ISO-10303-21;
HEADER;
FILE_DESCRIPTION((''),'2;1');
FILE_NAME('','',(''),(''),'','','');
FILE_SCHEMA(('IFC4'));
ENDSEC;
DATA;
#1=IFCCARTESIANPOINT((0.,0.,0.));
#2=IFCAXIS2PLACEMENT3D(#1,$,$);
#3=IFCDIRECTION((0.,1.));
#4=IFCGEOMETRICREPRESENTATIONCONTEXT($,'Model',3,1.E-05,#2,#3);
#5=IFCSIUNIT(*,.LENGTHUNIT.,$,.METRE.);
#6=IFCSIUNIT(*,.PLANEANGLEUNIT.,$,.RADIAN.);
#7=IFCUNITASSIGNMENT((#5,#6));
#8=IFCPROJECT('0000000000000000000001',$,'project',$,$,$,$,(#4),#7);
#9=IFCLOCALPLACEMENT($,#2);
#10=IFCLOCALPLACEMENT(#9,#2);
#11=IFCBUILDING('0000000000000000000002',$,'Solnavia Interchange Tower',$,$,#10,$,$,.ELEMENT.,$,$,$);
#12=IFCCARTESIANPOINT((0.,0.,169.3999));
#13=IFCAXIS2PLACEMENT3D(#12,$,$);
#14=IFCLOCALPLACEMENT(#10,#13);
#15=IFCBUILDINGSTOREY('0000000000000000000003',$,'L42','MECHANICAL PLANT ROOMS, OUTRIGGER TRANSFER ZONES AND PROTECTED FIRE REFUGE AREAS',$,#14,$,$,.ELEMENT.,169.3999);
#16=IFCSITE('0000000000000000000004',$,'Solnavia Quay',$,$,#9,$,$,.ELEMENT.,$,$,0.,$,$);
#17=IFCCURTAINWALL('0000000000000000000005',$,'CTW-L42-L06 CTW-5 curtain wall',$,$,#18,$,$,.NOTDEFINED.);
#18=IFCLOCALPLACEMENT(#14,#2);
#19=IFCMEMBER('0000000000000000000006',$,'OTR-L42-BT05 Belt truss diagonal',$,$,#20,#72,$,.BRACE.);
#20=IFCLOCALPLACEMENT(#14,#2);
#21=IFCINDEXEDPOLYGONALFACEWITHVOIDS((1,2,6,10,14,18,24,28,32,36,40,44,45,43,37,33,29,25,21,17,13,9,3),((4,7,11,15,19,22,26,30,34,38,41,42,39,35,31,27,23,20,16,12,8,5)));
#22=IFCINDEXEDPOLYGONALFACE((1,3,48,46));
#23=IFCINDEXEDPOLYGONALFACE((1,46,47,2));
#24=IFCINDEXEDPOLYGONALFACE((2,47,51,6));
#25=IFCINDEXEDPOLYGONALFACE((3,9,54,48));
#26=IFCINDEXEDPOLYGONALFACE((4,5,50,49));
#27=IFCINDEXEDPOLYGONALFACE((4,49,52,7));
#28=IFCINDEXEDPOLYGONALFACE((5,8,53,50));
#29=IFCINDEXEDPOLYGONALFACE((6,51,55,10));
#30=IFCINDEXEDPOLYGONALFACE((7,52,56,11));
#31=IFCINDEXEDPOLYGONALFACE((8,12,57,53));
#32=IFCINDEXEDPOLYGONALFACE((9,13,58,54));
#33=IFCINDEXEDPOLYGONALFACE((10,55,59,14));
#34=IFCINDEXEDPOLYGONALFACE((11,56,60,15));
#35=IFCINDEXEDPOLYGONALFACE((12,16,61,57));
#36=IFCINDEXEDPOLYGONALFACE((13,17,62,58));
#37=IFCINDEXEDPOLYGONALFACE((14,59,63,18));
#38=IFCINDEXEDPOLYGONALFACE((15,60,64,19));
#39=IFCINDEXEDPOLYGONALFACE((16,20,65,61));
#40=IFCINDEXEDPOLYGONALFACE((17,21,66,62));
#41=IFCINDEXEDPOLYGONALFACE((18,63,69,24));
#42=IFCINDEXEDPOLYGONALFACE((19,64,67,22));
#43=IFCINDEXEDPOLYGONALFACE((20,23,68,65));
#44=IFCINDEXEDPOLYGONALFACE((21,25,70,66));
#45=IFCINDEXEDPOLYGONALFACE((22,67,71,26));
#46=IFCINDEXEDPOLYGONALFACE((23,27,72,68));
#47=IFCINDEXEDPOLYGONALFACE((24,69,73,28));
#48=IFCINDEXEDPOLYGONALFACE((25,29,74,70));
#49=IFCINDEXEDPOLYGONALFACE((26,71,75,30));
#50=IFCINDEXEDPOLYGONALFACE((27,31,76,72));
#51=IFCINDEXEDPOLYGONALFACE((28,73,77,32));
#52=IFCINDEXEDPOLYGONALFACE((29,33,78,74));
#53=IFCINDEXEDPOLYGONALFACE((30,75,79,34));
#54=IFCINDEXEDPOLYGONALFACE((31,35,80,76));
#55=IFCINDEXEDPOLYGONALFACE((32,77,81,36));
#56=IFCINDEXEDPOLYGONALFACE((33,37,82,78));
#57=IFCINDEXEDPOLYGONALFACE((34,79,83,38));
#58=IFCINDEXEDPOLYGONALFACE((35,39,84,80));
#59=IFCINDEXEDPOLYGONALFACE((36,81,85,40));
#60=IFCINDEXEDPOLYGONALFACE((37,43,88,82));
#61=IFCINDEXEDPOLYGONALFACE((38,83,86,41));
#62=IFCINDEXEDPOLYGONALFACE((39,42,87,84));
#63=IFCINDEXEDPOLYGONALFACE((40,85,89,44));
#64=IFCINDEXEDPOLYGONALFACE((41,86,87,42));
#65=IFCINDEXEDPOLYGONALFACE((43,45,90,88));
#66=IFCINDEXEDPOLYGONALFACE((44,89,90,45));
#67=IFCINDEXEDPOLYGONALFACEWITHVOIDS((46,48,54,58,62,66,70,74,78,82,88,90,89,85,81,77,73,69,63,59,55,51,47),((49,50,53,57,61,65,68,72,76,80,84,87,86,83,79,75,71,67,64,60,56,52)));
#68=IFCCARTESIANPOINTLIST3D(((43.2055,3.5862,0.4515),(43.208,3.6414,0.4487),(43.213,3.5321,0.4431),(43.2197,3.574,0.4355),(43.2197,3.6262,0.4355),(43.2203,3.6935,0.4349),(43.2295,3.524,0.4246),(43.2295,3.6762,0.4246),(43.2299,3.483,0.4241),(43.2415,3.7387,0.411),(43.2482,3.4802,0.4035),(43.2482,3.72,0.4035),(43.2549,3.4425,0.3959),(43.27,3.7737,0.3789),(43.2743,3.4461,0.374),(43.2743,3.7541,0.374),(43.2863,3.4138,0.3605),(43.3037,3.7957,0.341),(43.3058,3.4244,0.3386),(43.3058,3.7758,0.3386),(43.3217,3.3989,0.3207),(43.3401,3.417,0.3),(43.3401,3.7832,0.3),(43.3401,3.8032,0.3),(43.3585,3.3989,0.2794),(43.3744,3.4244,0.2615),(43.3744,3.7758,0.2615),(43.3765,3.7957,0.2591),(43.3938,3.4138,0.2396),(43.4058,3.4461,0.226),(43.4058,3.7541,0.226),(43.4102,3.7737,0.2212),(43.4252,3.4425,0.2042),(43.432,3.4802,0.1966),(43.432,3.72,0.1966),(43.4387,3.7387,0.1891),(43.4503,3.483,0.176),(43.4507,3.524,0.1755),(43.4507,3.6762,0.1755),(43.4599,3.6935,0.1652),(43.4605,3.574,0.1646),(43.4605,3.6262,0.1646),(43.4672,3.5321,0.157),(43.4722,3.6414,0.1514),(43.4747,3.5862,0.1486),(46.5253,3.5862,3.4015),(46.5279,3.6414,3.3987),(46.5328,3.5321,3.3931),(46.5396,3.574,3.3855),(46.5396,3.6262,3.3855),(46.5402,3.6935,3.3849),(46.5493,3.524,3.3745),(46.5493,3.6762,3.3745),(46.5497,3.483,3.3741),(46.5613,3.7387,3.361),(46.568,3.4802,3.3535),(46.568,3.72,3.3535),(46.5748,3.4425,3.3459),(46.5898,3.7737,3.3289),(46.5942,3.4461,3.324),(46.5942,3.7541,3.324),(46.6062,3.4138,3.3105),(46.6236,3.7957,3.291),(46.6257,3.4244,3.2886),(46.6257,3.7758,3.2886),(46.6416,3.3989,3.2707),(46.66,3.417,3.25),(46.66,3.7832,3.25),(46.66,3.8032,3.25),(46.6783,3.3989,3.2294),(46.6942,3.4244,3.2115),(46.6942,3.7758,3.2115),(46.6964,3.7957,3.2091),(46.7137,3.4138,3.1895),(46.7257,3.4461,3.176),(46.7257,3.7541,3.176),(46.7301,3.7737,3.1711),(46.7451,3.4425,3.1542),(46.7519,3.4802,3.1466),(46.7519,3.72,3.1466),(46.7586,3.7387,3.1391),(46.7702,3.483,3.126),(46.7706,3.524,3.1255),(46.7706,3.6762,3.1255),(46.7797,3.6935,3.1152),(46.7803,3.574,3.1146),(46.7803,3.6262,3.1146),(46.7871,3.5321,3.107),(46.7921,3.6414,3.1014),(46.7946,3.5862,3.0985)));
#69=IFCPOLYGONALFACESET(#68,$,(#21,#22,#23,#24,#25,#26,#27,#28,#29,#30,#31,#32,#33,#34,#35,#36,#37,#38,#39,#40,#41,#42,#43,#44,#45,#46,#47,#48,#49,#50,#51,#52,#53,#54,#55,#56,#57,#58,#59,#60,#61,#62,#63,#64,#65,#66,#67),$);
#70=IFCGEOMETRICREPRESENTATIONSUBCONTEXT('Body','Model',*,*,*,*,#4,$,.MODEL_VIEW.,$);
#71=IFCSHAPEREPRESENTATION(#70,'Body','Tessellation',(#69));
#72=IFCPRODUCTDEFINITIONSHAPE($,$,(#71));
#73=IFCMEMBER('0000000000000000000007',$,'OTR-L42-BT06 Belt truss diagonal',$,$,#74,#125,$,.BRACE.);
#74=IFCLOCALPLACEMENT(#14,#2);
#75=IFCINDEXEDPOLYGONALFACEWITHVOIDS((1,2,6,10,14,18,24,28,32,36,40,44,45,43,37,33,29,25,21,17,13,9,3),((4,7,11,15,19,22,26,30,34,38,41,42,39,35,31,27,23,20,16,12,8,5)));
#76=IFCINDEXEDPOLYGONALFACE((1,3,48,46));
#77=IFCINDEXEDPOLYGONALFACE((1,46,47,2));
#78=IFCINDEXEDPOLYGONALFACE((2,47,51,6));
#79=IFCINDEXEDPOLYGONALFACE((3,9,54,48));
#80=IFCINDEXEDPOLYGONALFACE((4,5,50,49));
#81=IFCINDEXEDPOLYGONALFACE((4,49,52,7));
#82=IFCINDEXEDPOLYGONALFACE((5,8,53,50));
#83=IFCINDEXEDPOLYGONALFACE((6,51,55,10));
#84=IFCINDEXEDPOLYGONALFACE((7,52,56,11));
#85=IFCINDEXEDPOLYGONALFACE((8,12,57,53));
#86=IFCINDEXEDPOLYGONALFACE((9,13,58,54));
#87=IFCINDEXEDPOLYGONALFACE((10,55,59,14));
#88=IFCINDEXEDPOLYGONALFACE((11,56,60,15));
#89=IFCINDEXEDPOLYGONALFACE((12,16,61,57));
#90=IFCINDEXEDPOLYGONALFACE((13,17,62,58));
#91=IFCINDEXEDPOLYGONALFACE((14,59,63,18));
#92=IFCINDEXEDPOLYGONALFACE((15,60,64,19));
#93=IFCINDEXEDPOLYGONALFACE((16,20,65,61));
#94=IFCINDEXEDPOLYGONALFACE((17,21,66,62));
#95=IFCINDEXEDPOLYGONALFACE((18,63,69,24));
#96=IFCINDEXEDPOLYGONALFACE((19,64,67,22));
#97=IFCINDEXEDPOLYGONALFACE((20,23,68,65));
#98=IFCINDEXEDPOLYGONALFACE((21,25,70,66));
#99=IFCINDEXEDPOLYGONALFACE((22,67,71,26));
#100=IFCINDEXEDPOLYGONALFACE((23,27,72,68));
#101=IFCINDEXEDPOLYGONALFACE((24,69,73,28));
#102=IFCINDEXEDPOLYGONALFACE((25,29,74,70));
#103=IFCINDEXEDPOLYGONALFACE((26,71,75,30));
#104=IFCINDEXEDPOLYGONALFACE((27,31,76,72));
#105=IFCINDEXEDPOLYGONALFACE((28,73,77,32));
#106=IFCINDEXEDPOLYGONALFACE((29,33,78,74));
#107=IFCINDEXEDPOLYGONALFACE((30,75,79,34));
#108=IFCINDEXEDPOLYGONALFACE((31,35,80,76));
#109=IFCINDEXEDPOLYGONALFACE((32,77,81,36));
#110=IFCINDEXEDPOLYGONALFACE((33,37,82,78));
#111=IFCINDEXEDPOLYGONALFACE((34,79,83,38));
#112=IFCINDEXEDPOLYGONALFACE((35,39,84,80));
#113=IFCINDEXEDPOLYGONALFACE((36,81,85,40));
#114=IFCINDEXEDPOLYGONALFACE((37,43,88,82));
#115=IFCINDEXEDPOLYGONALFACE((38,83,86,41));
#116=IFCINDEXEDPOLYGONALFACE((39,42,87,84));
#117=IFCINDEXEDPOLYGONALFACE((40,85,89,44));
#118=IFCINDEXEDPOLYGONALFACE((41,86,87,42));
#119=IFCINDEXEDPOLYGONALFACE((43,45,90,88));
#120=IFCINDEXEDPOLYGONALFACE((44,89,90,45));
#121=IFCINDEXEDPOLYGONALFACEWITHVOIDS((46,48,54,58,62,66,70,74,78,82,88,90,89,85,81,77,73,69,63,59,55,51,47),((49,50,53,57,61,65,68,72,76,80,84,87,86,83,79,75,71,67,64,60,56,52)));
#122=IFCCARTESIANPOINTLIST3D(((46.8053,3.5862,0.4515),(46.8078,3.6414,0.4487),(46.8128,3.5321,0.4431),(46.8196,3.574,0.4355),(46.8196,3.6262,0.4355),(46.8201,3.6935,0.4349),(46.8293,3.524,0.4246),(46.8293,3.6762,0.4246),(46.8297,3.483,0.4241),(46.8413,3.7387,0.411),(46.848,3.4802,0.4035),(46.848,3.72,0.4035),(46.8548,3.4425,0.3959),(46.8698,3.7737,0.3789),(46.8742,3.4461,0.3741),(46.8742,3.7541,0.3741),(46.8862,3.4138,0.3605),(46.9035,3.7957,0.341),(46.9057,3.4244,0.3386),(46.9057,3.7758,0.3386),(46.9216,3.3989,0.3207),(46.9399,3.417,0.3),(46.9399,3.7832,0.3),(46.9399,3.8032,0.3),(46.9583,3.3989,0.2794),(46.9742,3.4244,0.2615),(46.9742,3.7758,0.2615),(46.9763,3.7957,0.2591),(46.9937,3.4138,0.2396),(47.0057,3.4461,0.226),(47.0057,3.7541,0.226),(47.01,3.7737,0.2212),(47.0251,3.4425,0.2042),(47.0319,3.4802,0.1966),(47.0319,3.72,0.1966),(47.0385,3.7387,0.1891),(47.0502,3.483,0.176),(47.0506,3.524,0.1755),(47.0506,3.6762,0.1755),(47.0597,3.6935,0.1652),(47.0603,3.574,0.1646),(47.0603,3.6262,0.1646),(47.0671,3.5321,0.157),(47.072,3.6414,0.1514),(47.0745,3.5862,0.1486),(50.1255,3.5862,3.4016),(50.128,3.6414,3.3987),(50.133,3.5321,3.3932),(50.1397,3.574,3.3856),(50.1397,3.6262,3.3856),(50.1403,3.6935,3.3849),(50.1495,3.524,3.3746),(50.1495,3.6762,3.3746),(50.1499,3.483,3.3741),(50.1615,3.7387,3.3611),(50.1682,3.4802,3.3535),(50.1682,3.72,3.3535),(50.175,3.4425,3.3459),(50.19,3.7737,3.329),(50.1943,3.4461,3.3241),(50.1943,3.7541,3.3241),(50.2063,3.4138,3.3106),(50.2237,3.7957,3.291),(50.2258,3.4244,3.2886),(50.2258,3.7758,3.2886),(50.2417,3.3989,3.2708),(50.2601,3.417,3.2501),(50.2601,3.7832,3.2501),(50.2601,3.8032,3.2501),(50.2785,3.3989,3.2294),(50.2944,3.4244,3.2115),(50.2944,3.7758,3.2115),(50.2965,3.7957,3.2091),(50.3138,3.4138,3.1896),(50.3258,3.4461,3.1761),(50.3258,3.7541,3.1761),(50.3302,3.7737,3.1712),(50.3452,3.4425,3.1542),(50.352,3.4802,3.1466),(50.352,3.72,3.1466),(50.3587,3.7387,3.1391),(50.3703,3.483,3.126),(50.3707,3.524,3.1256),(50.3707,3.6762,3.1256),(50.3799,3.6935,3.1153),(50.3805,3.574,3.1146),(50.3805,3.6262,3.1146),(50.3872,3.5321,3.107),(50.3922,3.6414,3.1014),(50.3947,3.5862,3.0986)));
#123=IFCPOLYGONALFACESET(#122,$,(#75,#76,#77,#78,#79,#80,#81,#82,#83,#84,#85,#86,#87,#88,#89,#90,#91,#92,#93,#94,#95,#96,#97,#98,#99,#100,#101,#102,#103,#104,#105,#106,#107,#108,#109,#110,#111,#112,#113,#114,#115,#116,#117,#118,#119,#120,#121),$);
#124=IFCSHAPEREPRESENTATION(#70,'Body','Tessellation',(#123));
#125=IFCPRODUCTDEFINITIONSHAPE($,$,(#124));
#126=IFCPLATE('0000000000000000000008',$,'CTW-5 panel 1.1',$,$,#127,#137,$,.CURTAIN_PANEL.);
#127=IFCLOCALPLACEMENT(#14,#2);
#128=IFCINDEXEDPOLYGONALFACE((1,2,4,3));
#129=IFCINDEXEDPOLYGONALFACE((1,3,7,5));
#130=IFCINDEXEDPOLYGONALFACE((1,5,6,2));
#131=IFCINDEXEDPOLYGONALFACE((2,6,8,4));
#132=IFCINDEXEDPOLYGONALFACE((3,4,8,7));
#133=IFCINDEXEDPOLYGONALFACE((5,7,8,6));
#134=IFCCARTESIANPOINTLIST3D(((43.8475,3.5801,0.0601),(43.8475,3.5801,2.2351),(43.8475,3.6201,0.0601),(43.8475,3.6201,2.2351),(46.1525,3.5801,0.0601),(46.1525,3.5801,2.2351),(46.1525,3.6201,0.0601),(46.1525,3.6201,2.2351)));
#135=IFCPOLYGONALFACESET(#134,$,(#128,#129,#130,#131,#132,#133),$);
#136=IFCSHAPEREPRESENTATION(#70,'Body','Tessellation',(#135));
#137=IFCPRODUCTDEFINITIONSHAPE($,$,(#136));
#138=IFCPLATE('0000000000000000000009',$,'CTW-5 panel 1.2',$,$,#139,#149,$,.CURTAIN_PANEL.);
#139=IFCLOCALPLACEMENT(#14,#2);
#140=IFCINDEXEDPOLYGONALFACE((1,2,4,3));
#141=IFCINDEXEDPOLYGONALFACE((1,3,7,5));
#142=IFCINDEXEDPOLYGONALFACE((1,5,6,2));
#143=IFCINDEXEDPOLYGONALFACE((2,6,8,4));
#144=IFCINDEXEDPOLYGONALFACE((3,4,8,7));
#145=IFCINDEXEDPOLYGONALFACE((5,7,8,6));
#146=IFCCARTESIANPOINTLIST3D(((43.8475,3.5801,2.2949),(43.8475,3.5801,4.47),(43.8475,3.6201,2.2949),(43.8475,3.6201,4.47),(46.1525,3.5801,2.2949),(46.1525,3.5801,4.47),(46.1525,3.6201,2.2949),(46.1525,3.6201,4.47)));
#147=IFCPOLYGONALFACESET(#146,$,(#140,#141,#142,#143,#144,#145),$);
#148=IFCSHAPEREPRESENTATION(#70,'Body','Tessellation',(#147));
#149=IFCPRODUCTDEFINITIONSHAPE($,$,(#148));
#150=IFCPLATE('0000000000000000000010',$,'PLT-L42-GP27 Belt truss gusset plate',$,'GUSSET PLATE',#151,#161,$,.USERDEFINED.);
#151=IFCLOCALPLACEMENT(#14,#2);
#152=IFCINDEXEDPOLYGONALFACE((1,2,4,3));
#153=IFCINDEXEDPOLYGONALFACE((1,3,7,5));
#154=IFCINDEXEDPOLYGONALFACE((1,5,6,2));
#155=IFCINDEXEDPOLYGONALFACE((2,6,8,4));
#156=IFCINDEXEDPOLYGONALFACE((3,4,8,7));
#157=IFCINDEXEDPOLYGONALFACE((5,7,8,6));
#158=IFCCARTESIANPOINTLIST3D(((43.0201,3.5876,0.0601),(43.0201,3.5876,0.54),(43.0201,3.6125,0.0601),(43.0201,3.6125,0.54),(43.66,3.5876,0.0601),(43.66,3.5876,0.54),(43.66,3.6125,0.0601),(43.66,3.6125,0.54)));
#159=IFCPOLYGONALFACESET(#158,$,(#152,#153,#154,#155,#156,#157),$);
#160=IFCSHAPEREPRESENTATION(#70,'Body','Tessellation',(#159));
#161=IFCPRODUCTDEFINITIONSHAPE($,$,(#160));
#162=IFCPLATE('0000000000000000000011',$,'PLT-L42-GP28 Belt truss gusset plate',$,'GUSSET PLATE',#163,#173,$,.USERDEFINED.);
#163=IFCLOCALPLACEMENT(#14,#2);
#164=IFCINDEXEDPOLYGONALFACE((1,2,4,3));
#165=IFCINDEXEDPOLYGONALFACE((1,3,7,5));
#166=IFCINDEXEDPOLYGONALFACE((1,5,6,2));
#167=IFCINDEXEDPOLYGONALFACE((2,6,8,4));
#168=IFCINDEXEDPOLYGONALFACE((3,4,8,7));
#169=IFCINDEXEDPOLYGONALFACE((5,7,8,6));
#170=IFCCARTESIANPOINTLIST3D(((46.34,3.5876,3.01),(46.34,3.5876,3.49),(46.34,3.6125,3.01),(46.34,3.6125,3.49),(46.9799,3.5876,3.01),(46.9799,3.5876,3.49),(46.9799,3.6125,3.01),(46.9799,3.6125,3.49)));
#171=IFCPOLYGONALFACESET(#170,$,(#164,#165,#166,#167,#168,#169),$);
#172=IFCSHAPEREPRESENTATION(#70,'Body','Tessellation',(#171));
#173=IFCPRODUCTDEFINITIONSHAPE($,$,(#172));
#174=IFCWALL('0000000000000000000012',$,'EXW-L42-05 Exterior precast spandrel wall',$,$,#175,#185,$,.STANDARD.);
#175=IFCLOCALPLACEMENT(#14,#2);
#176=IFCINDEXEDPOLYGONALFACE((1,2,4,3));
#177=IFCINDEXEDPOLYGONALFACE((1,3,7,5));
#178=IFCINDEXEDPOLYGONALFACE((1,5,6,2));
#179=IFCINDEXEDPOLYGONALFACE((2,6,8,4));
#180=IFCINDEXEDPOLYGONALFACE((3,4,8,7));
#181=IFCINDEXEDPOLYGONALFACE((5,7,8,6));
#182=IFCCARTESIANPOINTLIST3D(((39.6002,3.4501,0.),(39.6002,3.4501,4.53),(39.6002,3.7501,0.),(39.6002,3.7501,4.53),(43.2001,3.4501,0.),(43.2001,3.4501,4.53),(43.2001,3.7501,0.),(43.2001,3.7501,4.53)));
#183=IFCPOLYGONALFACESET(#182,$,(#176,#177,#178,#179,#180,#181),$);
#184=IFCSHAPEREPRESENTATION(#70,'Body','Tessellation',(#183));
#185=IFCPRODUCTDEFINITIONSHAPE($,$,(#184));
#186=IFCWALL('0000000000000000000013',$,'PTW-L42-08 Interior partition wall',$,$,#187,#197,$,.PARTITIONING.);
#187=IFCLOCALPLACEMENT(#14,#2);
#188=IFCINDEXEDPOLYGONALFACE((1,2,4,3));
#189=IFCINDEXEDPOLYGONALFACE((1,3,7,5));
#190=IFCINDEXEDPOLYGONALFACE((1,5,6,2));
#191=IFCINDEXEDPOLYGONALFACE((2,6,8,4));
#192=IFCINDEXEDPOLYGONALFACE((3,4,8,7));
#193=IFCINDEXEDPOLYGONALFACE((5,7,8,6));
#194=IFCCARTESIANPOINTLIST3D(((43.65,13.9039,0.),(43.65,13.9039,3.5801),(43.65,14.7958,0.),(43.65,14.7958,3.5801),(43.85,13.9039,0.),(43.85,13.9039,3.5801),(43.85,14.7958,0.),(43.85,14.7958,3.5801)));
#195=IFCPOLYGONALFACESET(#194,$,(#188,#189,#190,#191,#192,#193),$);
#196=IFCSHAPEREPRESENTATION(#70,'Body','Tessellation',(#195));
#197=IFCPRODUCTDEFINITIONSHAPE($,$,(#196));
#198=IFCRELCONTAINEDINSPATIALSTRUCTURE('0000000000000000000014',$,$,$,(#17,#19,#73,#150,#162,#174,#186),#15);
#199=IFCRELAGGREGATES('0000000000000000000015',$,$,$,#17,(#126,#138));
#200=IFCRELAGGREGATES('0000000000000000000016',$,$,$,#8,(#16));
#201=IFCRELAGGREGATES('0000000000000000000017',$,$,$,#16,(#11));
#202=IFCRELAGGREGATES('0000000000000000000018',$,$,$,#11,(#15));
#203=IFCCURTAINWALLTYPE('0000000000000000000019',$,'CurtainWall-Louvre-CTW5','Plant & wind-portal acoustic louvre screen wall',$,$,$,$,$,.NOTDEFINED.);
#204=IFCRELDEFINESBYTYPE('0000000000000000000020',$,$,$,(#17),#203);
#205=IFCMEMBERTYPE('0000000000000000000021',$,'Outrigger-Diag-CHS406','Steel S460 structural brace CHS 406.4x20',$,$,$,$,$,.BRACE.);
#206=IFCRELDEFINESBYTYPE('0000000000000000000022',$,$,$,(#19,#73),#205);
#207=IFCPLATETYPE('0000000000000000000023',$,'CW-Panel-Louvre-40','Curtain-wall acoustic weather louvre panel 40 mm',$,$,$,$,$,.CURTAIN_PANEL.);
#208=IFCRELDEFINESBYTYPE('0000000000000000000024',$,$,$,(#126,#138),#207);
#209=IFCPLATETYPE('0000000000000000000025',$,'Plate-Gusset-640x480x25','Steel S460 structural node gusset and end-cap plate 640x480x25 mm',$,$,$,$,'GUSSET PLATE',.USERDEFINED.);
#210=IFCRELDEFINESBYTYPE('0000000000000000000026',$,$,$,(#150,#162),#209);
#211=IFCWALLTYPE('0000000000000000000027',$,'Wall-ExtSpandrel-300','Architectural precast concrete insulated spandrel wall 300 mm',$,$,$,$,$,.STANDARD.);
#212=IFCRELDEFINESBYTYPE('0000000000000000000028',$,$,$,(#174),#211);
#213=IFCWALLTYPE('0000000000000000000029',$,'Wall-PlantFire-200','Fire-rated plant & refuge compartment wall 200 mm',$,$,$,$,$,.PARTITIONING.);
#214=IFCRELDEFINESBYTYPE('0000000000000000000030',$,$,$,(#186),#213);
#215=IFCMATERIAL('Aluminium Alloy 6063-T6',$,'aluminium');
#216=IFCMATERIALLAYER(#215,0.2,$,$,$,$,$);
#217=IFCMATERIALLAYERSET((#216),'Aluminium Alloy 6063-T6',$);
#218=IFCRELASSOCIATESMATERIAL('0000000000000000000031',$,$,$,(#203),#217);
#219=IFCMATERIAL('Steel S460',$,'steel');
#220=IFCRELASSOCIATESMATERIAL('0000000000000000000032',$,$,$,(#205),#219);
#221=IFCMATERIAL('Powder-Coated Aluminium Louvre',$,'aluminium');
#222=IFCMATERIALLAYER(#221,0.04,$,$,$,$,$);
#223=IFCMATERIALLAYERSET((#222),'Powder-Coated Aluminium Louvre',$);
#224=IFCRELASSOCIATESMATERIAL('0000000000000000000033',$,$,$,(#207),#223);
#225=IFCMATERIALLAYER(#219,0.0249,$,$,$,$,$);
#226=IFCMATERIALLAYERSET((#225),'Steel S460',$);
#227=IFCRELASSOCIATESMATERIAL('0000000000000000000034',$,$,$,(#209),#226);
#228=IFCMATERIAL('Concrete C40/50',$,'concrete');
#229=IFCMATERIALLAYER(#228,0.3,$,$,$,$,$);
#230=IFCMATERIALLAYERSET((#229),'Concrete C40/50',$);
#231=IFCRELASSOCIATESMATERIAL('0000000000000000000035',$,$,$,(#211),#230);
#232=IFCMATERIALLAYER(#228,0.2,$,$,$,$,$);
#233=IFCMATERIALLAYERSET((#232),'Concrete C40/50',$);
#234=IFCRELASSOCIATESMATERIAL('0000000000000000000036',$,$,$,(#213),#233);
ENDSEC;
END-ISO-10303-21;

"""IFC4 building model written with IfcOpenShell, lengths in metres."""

from ifc_helpers import new_model, si_unit, direction, frame, frame_2d, origin, origin_2d, place, context, subcontext, project, spatial, rectangle, hollow_circle, extrude, material, layer, layer_set, material_profile, profile_set, type_object, element, aggregate, save


model = new_model("IFC4")

# Units and contexts
model_context = context("Model", 3, precision=1e-05, world=origin(), true_north=direction((0.0, 1.0)))
body_context = subcontext(model_context, "Body", "Model", "MODEL_VIEW")
ifc_project = project(units=[si_unit("LENGTHUNIT", "METRE"), si_unit("PLANEANGLEUNIT", "RADIAN")], contexts=[model_context])

# Site, building, storey
site_placement = place(None, origin())
site = spatial("IfcSite", under=ifc_project, at=site_placement, Name="Solnavia Quay", CompositionType="ELEMENT", RefElevation=0.0)
building_placement = place(site_placement, origin())
building = spatial("IfcBuilding", under=site, at=building_placement, Name="Solnavia Interchange Tower", CompositionType="ELEMENT")
storey_placement = place(building_placement, frame((0.0, 0.0, 169.3999)))
storey = spatial("IfcBuildingStorey", under=building, at=storey_placement, Name="L42", Description="MECHANICAL PLANT ROOMS, OUTRIGGER TRANSFER ZONES AND PROTECTED FIRE REFUGE AREAS", CompositionType="ELEMENT", Elevation=169.3999)

# Shared definitions
ifc_material_1 = material(Name="Steel S460", Category="steel")

# Curtain wall
ifc_material_2 = material(Name="Aluminium Alloy 6063-T6", Category="aluminium")
ifc_layer_1 = layer(ifc_material_2, 0.2)
ifc_layer_set_1 = layer_set([ifc_layer_1], Name="Aluminium Alloy 6063-T6")
curtain_wall_type = type_object("IfcCurtainWallType", Name="CurtainWall-Louvre-CTW5", Description="Plant & wind-portal acoustic louvre screen wall", PredefinedType="NOTDEFINED", material=ifc_layer_set_1)
curtain_wall_placement = place(storey_placement, origin())
curtain_wall = element("IfcCurtainWall", 1, at=curtain_wall_placement, inside=storey, type_object=curtain_wall_type, Name="CTW-L42-L06 CTW-5 curtain wall", PredefinedType="NOTDEFINED")

# Members
ifc_material_profile_1 = material_profile(ifc_material_1, hollow_circle(Radius=0.2031, WallThickness=0.02, at=origin_2d()), Name="CHS 406.4x20")
ifc_profile_set_1 = profile_set([ifc_material_profile_1], Name="Steel S460")
member_type_1 = type_object("IfcMemberType", Name="Outrigger-Diag-CHS406", Description="Steel S460 structural brace CHS 406.4x20", PredefinedType="BRACE", material=ifc_profile_set_1)
member_1_placement = place(storey_placement, frame((43.3401, 3.6001, 0.3), z_axis=(0.747522, 0.0, 0.664238), x_axis=(0.0, 1.0, 0.0)))
element("IfcMember", 2, at=member_1_placement, inside=storey, type_object=member_type_1, Name="OTR-L42-BT05 Belt truss diagonal", PredefinedType="BRACE", context=body_context, shape_type="SweptSolid", body=[
    extrude(hollow_circle(Radius=0.2031, WallThickness=0.02, at=origin_2d()), origin(), (0.0, 0.0, 1.0), 4.4412),
])
member_2_placement = place(storey_placement, frame((46.9399, 3.6001, 0.3), z_axis=(0.747546, 0.0, 0.66421), x_axis=(0.0, 1.0, 0.0)))
element("IfcMember", 3, at=member_2_placement, inside=storey, type_object=member_type_1, Name="OTR-L42-BT06 Belt truss diagonal", PredefinedType="BRACE", context=body_context, shape_type="SweptSolid", body=[
    extrude(hollow_circle(Radius=0.2031, WallThickness=0.02, at=origin_2d()), origin(), (0.0, 0.0, 1.0), 4.4414),
])

# Plates
ifc_material_3 = material(Name="Powder-Coated Aluminium Louvre", Category="aluminium")
ifc_layer_2 = layer(ifc_material_3, 0.04)
ifc_layer_set_2 = layer_set([ifc_layer_2], Name="Powder-Coated Aluminium Louvre")
plate_type_1 = type_object("IfcPlateType", Name="CW-Panel-Louvre-40", Description="Curtain-wall acoustic weather louvre panel 40 mm", PredefinedType="CURTAIN_PANEL", material=ifc_layer_set_2)
plate_1_placement = place(storey_placement, frame((45.0, 3.6001, 0.0601), z_axis=(0.0, 0.0, 1.0), x_axis=(1.0, 0.0, 0.0)))
plate_1 = element("IfcPlate", 4, at=plate_1_placement, type_object=plate_type_1, Name="CTW-5 panel 1.1", PredefinedType="CURTAIN_PANEL", context=body_context, shape_type="SweptSolid", body=[
    extrude(rectangle(XDim=2.3049, YDim=0.04, at=origin_2d()), origin(), (0.0, 0.0, 1.0), 2.175),
])
plate_2_placement = place(storey_placement, frame((45.0, 3.6001, 2.2949), z_axis=(0.0, 0.0, 1.0), x_axis=(1.0, 0.0, 0.0)))
plate_2 = element("IfcPlate", 5, at=plate_2_placement, type_object=plate_type_1, Name="CTW-5 panel 1.2", PredefinedType="CURTAIN_PANEL", context=body_context, shape_type="SweptSolid", body=[
    extrude(rectangle(XDim=2.3049, YDim=0.04, at=origin_2d()), origin(), (0.0, 0.0, 1.0), 2.175),
])
aggregate(curtain_wall, [plate_1, plate_2])

# Plates
ifc_layer_3 = layer(ifc_material_1, 0.0249)
ifc_layer_set_3 = layer_set([ifc_layer_3], Name="Steel S460")
plate_type_2 = type_object("IfcPlateType", Name="Plate-Gusset-640x480x25", Description="Steel S460 structural node gusset and end-cap plate 640x480x25 mm", ElementType="GUSSET PLATE", PredefinedType="USERDEFINED", material=ifc_layer_set_3)
for number, where, z_axis, x_axis, name in (
    (6, (43.3401, 3.6001, 0.0601), (0.0, 0.0, 1.0), (1.0, 0.0, 0.0), "PLT-L42-GP27 Belt truss gusset plate"),
    (7, (46.6599, 3.6001, 3.01), (0.0, 0.0, 1.0), (1.0, 0.0, 0.0), "PLT-L42-GP28 Belt truss gusset plate"),
):
    element("IfcPlate", number, at=place(storey_placement, frame(where, z_axis=z_axis, x_axis=x_axis)), inside=storey, type_object=plate_type_2, Name=name, ObjectType="GUSSET PLATE", PredefinedType="USERDEFINED", context=body_context, shape_type="SweptSolid", body=[
        extrude(rectangle(XDim=0.6399, YDim=0.0249, at=origin_2d()), origin(), (0.0, 0.0, 1.0), 0.48),
    ])

# Walls
ifc_material_4 = material(Name="Concrete C40/50", Category="concrete")
ifc_layer_4 = layer(ifc_material_4, 0.3)
ifc_layer_set_4 = layer_set([ifc_layer_4], Name="Concrete C40/50")
wall_type_1 = type_object("IfcWallType", Name="Wall-ExtSpandrel-300", Description="Architectural precast concrete insulated spandrel wall 300 mm", PredefinedType="STANDARD", material=ifc_layer_set_4)
wall_1_placement = place(storey_placement, frame((43.2, 3.6001, 0.0), z_axis=(0.0, 0.0, 1.0), x_axis=(-1.0, 0.0, 0.0)))
element("IfcWall", 8, at=wall_1_placement, inside=storey, type_object=wall_type_1, Name="EXW-L42-05 Exterior precast spandrel wall", PredefinedType="STANDARD", context=body_context, shape_type="SweptSolid", body=[
    extrude(rectangle(XDim=3.5999, YDim=0.3, at=frame_2d((1.7998, 0.0))), origin(), (0.0, 0.0, 1.0), 4.53),
])
ifc_layer_5 = layer(ifc_material_4, 0.2)
ifc_layer_set_5 = layer_set([ifc_layer_5], Name="Concrete C40/50")
wall_type_2 = type_object("IfcWallType", Name="Wall-PlantFire-200", Description="Fire-rated plant & refuge compartment wall 200 mm", PredefinedType="PARTITIONING", material=ifc_layer_set_5)
wall_2_placement = place(storey_placement, frame((43.75, 13.9041, 0.0), z_axis=(0.0, 0.0, 1.0), x_axis=(0.0, 1.0, 0.0)))
element("IfcWall", 9, at=wall_2_placement, inside=storey, type_object=wall_type_2, Name="PTW-L42-08 Interior partition wall", PredefinedType="PARTITIONING", context=body_context, shape_type="SweptSolid", body=[
    extrude(rectangle(XDim=0.8918, YDim=0.2, at=frame_2d((0.4458, 0.0))), origin(), (0.0, 0.0, 1.0), 3.5801),
])

save(model, "model.ifc")
